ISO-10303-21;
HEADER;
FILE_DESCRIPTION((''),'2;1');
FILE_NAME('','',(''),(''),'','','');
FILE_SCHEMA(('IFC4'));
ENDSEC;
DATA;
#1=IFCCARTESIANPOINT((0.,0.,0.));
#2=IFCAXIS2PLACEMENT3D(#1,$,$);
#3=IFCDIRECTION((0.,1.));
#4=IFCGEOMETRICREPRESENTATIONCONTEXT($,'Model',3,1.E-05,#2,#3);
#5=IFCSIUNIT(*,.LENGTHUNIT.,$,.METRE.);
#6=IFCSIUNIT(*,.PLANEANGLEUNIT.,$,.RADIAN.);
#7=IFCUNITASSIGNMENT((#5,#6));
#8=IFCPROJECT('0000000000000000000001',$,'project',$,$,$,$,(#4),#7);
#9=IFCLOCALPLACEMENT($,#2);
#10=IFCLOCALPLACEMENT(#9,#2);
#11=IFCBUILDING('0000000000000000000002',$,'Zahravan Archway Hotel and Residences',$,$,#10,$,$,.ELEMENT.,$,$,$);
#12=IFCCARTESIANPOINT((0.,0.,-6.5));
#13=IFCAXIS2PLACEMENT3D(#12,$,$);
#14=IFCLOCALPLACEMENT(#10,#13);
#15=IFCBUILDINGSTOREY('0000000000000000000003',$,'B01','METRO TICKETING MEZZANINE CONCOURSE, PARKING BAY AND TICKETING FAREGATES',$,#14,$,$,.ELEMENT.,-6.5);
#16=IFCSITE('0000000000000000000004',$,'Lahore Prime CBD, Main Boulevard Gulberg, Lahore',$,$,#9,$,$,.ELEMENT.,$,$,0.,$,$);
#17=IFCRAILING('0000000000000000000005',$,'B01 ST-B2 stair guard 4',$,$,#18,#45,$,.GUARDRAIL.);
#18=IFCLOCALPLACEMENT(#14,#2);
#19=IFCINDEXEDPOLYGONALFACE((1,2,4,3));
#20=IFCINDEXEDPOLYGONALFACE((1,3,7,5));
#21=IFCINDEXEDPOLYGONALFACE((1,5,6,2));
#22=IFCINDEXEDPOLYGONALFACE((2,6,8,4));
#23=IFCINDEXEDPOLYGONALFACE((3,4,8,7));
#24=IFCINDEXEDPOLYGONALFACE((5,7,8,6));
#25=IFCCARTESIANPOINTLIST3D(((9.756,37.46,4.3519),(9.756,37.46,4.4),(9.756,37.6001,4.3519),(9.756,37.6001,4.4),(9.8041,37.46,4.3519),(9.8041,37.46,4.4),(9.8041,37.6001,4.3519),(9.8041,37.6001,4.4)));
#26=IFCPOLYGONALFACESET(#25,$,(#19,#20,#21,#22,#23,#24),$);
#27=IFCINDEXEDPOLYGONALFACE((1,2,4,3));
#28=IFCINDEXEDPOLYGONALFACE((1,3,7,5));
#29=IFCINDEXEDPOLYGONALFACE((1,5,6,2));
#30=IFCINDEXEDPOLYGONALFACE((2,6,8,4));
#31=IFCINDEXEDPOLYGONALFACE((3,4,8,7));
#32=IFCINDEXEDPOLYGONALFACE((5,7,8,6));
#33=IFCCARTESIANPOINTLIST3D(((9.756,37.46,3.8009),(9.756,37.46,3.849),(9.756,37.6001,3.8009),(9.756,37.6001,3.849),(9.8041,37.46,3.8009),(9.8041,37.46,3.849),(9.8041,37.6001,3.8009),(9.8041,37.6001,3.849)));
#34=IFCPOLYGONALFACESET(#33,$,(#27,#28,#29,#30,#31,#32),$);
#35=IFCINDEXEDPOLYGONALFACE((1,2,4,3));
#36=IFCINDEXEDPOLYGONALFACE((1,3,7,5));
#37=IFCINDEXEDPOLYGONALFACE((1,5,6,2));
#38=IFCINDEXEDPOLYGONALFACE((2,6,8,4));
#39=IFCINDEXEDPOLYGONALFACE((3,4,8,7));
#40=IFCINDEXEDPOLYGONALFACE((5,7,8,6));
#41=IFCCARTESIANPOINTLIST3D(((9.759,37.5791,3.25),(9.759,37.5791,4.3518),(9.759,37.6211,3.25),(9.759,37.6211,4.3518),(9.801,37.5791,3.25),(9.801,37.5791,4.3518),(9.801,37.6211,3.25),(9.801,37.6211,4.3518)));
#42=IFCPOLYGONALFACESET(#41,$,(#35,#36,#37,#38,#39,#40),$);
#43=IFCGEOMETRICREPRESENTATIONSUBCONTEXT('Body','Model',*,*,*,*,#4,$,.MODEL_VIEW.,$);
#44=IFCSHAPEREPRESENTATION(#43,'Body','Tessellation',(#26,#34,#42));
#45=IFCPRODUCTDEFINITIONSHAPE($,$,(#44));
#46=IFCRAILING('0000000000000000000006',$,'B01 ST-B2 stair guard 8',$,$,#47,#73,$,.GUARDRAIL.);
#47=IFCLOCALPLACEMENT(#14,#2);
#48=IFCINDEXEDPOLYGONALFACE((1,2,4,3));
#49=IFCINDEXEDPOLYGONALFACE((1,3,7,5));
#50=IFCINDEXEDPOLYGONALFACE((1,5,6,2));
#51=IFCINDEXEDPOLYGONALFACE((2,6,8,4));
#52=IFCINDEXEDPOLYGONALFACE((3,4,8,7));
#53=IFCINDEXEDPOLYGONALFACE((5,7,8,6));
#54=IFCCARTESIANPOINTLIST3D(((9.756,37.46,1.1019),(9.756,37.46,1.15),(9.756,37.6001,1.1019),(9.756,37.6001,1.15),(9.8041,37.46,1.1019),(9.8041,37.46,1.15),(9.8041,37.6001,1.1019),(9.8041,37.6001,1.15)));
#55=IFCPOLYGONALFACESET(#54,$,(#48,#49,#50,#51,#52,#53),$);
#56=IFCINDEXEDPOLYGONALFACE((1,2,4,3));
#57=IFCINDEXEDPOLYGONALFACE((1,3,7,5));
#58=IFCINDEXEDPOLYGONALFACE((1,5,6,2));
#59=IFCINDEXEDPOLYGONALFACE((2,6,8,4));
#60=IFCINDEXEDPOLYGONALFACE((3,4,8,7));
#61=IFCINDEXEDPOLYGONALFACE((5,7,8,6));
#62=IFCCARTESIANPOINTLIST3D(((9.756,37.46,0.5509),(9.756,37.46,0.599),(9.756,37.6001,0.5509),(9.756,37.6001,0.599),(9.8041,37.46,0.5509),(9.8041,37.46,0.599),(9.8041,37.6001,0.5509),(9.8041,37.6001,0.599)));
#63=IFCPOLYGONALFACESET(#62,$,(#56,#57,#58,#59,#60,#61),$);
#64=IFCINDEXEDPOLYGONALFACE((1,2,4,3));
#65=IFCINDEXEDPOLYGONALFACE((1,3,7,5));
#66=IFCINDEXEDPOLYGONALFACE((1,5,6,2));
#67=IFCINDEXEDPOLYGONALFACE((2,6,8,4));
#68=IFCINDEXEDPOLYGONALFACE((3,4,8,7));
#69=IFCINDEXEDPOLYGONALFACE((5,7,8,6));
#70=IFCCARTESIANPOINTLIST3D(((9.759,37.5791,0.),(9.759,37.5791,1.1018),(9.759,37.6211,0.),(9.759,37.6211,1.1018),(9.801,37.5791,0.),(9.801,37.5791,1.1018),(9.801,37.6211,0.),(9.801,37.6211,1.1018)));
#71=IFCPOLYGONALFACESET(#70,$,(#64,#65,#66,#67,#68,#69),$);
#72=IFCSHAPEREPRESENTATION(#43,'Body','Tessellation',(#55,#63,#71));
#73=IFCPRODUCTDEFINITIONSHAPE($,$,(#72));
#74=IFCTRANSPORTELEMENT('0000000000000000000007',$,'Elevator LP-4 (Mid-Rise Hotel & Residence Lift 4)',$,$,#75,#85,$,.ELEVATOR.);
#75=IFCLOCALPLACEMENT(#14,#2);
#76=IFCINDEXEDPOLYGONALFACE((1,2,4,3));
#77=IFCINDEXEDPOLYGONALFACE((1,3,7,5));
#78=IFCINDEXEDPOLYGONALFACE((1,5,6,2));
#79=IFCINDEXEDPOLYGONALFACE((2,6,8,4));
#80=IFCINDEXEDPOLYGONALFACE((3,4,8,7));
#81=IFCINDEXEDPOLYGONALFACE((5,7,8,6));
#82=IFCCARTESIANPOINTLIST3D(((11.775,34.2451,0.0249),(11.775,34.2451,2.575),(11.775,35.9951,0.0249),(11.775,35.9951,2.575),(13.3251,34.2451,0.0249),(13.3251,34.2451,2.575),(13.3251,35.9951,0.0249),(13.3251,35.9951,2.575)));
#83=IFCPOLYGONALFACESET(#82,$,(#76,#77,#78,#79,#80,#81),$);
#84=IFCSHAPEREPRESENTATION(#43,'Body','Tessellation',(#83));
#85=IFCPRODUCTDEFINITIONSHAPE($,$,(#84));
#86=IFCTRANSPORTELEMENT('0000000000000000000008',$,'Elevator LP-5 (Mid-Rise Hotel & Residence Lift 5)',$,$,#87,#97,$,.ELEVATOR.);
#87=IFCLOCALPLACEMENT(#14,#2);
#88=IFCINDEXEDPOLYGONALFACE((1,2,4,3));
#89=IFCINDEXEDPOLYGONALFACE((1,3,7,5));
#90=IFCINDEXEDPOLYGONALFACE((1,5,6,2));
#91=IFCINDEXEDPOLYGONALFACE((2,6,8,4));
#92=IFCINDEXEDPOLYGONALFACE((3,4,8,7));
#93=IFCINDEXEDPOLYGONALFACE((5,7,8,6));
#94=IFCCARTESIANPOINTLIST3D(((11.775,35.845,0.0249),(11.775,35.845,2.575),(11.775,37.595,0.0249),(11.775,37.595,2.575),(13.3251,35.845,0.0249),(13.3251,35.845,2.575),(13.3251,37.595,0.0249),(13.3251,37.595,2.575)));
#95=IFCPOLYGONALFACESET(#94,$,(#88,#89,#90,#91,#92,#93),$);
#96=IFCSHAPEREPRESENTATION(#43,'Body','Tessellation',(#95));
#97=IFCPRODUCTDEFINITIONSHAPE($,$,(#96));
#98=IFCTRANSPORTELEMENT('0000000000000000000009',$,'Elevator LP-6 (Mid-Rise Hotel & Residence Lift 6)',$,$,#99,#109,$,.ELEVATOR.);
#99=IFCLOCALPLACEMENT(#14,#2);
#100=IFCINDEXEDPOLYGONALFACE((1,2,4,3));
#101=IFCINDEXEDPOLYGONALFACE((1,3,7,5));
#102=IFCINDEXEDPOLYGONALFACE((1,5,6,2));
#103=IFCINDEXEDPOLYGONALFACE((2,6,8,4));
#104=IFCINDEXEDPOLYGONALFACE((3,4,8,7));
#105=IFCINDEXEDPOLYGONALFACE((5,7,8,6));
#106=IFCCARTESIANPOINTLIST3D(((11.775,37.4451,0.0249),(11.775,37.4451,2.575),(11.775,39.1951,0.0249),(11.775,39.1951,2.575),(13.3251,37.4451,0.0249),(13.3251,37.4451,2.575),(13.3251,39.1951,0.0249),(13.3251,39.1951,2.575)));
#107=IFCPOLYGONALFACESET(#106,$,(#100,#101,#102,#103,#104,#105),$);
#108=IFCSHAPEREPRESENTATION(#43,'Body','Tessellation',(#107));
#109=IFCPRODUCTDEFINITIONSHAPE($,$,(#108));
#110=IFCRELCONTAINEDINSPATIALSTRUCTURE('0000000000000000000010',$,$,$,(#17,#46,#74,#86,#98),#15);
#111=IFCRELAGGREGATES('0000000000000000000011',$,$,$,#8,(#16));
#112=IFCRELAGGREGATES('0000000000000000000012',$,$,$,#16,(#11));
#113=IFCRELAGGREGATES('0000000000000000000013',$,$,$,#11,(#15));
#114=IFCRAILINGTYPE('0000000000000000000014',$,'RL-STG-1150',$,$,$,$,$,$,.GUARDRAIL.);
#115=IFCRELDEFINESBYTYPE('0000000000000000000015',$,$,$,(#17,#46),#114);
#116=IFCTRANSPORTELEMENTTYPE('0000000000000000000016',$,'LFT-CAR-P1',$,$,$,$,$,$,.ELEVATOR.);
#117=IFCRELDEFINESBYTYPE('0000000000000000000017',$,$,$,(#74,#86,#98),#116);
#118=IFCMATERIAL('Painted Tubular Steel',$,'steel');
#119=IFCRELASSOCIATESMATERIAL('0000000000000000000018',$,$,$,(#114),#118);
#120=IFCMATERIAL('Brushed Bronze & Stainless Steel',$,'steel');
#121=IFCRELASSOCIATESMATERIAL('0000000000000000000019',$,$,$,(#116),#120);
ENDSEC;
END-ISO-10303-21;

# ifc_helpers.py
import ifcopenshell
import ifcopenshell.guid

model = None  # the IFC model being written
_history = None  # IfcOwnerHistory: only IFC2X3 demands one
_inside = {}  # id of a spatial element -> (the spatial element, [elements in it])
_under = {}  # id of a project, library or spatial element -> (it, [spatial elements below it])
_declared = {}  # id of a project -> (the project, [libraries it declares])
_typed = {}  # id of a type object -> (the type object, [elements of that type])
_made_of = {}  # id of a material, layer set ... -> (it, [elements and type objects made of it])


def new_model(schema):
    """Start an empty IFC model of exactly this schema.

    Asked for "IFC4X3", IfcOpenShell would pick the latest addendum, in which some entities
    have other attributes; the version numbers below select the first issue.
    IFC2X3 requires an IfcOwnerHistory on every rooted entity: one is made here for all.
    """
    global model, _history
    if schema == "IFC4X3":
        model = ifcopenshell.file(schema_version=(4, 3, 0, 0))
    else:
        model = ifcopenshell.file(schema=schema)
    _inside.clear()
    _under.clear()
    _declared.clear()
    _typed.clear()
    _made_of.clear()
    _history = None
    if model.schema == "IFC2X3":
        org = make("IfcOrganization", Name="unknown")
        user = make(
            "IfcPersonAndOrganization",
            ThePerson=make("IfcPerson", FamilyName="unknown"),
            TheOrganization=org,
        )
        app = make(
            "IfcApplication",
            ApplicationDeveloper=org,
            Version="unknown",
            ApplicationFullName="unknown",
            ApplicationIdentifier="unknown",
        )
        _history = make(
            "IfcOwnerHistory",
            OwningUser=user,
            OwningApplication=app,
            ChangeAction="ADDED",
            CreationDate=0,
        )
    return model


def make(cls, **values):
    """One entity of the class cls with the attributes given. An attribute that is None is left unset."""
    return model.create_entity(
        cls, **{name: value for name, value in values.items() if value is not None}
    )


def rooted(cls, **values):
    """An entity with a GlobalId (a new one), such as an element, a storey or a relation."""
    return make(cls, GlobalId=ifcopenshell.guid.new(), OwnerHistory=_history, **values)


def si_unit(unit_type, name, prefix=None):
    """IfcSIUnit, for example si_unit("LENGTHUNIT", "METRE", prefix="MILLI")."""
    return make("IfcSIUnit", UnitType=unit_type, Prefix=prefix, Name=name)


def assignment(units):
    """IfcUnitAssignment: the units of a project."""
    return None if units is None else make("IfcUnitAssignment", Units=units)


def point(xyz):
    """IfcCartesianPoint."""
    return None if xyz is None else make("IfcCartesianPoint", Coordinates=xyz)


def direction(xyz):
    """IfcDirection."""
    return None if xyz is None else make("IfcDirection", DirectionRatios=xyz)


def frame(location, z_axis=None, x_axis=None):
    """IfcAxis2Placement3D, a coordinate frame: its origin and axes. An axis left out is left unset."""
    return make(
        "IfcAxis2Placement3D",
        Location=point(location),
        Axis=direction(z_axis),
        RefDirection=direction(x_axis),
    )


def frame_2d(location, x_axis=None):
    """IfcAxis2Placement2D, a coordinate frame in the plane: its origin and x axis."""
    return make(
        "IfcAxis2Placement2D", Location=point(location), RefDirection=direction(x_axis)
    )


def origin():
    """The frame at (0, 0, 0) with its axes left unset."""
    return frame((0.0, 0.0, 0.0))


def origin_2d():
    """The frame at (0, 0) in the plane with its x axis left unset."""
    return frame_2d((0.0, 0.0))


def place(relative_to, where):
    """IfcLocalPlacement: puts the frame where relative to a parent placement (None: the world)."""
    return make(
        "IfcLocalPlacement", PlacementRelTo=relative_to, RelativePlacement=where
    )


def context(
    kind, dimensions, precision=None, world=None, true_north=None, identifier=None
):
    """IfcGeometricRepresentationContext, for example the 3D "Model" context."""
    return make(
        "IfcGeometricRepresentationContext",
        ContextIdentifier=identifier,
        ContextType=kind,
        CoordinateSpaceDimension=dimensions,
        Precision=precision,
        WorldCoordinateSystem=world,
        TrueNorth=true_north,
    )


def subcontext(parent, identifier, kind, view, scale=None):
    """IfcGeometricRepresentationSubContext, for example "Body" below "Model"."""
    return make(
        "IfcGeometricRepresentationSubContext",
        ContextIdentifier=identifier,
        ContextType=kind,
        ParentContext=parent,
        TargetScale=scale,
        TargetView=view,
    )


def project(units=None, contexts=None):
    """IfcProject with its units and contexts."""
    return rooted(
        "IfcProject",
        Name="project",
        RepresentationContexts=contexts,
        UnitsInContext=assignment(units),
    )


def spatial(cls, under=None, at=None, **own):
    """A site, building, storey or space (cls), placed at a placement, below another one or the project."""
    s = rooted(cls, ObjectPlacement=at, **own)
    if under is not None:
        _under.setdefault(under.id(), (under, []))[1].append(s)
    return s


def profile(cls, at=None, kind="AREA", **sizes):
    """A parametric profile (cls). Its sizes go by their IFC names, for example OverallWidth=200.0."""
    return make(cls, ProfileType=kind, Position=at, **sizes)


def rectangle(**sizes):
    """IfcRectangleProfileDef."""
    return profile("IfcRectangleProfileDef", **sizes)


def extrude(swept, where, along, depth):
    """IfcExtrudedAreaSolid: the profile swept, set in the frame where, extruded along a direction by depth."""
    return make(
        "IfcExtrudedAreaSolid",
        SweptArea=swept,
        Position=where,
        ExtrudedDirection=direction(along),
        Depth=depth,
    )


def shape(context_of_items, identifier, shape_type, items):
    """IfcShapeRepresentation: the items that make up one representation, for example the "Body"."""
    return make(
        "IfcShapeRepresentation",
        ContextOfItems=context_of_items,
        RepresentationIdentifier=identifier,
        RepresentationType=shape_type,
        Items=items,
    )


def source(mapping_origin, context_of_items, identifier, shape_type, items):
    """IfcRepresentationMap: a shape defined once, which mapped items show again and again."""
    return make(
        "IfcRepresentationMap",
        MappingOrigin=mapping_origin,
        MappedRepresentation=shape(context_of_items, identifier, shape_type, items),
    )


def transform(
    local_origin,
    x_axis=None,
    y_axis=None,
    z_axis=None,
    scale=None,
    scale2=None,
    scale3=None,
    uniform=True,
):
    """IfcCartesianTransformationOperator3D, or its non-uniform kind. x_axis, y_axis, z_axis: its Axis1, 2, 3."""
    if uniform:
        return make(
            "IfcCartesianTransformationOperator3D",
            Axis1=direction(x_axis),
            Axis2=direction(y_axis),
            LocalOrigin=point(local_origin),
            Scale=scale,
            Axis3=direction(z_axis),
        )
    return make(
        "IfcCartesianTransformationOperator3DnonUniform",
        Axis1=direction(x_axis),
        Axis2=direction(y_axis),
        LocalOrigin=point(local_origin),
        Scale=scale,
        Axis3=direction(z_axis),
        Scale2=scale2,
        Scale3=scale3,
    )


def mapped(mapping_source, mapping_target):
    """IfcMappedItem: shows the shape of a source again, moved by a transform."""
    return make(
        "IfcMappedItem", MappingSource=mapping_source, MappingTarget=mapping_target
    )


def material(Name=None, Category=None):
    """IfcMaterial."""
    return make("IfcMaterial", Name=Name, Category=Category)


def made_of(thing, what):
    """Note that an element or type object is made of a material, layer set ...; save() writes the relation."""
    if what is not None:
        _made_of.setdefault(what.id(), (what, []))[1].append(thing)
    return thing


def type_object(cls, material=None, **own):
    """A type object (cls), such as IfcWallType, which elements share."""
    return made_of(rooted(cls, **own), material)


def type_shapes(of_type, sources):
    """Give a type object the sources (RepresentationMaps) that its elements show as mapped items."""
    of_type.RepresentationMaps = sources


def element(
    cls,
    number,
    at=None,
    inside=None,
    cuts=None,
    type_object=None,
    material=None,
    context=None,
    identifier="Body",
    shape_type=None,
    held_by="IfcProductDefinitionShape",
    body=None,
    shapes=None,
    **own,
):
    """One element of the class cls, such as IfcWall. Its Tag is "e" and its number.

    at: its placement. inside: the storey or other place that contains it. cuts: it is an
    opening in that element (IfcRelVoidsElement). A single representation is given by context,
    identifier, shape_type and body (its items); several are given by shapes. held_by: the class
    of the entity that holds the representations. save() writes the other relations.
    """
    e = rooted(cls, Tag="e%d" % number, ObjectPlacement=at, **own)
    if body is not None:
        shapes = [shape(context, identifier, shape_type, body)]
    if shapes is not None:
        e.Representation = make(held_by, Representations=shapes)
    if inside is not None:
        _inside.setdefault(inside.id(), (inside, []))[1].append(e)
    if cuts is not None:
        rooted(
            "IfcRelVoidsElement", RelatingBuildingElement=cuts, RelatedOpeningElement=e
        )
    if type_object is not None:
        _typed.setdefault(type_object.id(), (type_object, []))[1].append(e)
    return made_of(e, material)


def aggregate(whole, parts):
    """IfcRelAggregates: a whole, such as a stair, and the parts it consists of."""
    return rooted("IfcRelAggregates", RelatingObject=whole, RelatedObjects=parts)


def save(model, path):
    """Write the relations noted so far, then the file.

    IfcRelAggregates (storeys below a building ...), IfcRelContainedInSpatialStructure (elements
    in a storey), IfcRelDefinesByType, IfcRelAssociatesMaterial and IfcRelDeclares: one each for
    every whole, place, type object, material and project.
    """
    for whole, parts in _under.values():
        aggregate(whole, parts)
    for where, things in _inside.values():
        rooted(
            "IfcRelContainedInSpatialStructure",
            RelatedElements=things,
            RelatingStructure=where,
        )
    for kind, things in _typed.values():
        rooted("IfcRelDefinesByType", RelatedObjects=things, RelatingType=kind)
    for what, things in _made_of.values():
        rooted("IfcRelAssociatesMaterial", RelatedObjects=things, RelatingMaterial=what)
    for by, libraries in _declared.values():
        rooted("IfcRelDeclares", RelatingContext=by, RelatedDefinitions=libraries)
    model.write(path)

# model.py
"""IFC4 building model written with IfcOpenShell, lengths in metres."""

from ifc_helpers import new_model, si_unit, direction, frame, origin, origin_2d, place, context, subcontext, project, spatial, rectangle, extrude, source, transform, mapped, material, type_object, type_shapes, element, save


model = new_model("IFC4")

# Units and contexts
model_context = context("Model", 3, precision=1e-05, world=origin(), true_north=direction((0.0, 1.0)))
body_context = subcontext(model_context, "Body", "Model", "MODEL_VIEW")
ifc_project = project(units=[si_unit("LENGTHUNIT", "METRE"), si_unit("PLANEANGLEUNIT", "RADIAN")], contexts=[model_context])

# Site, building, storey
site_placement = place(None, origin())
site = spatial("IfcSite", under=ifc_project, at=site_placement, Name="Lahore Prime CBD, Main Boulevard Gulberg, Lahore", CompositionType="ELEMENT", RefElevation=0.0)
building_placement = place(site_placement, origin())
building = spatial("IfcBuilding", under=site, at=building_placement, Name="Zahravan Archway Hotel and Residences", CompositionType="ELEMENT")
storey_placement = place(building_placement, frame((0.0, 0.0, -6.5)))
storey = spatial("IfcBuildingStorey", under=building, at=storey_placement, Name="B01", Description="METRO TICKETING MEZZANINE CONCOURSE, PARKING BAY AND TICKETING FAREGATES", CompositionType="ELEMENT", Elevation=-6.5)

# Railings
ifc_material_1 = material(Name="Painted Tubular Steel", Category="steel")
railing_type = type_object("IfcRailingType", Name="RL-STG-1150", PredefinedType="GUARDRAIL", material=ifc_material_1)
for number, where, name in (
    (1, (9.78, 37.6001, 3.25), "B01 ST-B2 stair guard 4"),
    (2, (9.78, 37.6001, 0.0), "B01 ST-B2 stair guard 8"),
):
    element("IfcRailing", number, at=place(storey_placement, frame(where)), inside=storey, type_object=railing_type, Name=name, PredefinedType="GUARDRAIL", context=body_context, shape_type="SweptSolid", body=[
        extrude(rectangle(XDim=0.0481, YDim=0.0481, at=origin_2d()), frame((0.0, 0.0, 1.126), z_axis=(0.0, -1.0, 0.0), x_axis=(1.0, 0.0, 0.0)), (0.0, 0.0, 1.0), 0.1401),
        extrude(rectangle(XDim=0.0481, YDim=0.0481, at=origin_2d()), frame((0.0, 0.0, 0.575), z_axis=(0.0, -1.0, 0.0), x_axis=(1.0, 0.0, 0.0)), (0.0, 0.0, 1.0), 0.1401),
        extrude(rectangle(XDim=0.042, YDim=0.042, at=origin_2d()), origin(), (0.0, 0.0, 1.0), 1.1018),
    ])

# Transport elements
ifc_material_2 = material(Name="Brushed Bronze & Stainless Steel", Category="steel")
transport_element_type = type_object("IfcTransportElementType", Name="LFT-CAR-P1", PredefinedType="ELEVATOR", material=ifc_material_2)
shared_shape_1 = source(origin(), body_context, "Body", "SweptSolid", [
    extrude(rectangle(XDim=1.55, YDim=1.75, at=origin_2d()), origin(), (0.0, 0.0, 1.0), 2.55),
])
type_shapes(transport_element_type, [shared_shape_1])
for number, where, z_axis, x_axis, name in (
    (3, (12.55, 35.1201, 0.0249), (0.0, 0.0, 1.0), (1.0, 0.0, 0.0), "Elevator LP-4 (Mid-Rise Hotel & Residence Lift 4)"),
    (4, (12.55, 36.72, 0.0249), (0.0, 0.0, 1.0), (1.0, 0.0, 0.0), "Elevator LP-5 (Mid-Rise Hotel & Residence Lift 5)"),
    (5, (12.55, 38.3201, 0.0249), (0.0, 0.0, 1.0), (1.0, 0.0, 0.0), "Elevator LP-6 (Mid-Rise Hotel & Residence Lift 6)"),
):
    element("IfcTransportElement", number, at=place(storey_placement, frame(where, z_axis=z_axis, x_axis=x_axis)), inside=storey, type_object=transport_element_type, Name=name, PredefinedType="ELEVATOR", context=body_context, shape_type="MappedRepresentation", body=[
        mapped(shared_shape_1, transform((0.0, 0.0, 0.0), scale=1.0)),
    ])

save(model, "model.ifc")
